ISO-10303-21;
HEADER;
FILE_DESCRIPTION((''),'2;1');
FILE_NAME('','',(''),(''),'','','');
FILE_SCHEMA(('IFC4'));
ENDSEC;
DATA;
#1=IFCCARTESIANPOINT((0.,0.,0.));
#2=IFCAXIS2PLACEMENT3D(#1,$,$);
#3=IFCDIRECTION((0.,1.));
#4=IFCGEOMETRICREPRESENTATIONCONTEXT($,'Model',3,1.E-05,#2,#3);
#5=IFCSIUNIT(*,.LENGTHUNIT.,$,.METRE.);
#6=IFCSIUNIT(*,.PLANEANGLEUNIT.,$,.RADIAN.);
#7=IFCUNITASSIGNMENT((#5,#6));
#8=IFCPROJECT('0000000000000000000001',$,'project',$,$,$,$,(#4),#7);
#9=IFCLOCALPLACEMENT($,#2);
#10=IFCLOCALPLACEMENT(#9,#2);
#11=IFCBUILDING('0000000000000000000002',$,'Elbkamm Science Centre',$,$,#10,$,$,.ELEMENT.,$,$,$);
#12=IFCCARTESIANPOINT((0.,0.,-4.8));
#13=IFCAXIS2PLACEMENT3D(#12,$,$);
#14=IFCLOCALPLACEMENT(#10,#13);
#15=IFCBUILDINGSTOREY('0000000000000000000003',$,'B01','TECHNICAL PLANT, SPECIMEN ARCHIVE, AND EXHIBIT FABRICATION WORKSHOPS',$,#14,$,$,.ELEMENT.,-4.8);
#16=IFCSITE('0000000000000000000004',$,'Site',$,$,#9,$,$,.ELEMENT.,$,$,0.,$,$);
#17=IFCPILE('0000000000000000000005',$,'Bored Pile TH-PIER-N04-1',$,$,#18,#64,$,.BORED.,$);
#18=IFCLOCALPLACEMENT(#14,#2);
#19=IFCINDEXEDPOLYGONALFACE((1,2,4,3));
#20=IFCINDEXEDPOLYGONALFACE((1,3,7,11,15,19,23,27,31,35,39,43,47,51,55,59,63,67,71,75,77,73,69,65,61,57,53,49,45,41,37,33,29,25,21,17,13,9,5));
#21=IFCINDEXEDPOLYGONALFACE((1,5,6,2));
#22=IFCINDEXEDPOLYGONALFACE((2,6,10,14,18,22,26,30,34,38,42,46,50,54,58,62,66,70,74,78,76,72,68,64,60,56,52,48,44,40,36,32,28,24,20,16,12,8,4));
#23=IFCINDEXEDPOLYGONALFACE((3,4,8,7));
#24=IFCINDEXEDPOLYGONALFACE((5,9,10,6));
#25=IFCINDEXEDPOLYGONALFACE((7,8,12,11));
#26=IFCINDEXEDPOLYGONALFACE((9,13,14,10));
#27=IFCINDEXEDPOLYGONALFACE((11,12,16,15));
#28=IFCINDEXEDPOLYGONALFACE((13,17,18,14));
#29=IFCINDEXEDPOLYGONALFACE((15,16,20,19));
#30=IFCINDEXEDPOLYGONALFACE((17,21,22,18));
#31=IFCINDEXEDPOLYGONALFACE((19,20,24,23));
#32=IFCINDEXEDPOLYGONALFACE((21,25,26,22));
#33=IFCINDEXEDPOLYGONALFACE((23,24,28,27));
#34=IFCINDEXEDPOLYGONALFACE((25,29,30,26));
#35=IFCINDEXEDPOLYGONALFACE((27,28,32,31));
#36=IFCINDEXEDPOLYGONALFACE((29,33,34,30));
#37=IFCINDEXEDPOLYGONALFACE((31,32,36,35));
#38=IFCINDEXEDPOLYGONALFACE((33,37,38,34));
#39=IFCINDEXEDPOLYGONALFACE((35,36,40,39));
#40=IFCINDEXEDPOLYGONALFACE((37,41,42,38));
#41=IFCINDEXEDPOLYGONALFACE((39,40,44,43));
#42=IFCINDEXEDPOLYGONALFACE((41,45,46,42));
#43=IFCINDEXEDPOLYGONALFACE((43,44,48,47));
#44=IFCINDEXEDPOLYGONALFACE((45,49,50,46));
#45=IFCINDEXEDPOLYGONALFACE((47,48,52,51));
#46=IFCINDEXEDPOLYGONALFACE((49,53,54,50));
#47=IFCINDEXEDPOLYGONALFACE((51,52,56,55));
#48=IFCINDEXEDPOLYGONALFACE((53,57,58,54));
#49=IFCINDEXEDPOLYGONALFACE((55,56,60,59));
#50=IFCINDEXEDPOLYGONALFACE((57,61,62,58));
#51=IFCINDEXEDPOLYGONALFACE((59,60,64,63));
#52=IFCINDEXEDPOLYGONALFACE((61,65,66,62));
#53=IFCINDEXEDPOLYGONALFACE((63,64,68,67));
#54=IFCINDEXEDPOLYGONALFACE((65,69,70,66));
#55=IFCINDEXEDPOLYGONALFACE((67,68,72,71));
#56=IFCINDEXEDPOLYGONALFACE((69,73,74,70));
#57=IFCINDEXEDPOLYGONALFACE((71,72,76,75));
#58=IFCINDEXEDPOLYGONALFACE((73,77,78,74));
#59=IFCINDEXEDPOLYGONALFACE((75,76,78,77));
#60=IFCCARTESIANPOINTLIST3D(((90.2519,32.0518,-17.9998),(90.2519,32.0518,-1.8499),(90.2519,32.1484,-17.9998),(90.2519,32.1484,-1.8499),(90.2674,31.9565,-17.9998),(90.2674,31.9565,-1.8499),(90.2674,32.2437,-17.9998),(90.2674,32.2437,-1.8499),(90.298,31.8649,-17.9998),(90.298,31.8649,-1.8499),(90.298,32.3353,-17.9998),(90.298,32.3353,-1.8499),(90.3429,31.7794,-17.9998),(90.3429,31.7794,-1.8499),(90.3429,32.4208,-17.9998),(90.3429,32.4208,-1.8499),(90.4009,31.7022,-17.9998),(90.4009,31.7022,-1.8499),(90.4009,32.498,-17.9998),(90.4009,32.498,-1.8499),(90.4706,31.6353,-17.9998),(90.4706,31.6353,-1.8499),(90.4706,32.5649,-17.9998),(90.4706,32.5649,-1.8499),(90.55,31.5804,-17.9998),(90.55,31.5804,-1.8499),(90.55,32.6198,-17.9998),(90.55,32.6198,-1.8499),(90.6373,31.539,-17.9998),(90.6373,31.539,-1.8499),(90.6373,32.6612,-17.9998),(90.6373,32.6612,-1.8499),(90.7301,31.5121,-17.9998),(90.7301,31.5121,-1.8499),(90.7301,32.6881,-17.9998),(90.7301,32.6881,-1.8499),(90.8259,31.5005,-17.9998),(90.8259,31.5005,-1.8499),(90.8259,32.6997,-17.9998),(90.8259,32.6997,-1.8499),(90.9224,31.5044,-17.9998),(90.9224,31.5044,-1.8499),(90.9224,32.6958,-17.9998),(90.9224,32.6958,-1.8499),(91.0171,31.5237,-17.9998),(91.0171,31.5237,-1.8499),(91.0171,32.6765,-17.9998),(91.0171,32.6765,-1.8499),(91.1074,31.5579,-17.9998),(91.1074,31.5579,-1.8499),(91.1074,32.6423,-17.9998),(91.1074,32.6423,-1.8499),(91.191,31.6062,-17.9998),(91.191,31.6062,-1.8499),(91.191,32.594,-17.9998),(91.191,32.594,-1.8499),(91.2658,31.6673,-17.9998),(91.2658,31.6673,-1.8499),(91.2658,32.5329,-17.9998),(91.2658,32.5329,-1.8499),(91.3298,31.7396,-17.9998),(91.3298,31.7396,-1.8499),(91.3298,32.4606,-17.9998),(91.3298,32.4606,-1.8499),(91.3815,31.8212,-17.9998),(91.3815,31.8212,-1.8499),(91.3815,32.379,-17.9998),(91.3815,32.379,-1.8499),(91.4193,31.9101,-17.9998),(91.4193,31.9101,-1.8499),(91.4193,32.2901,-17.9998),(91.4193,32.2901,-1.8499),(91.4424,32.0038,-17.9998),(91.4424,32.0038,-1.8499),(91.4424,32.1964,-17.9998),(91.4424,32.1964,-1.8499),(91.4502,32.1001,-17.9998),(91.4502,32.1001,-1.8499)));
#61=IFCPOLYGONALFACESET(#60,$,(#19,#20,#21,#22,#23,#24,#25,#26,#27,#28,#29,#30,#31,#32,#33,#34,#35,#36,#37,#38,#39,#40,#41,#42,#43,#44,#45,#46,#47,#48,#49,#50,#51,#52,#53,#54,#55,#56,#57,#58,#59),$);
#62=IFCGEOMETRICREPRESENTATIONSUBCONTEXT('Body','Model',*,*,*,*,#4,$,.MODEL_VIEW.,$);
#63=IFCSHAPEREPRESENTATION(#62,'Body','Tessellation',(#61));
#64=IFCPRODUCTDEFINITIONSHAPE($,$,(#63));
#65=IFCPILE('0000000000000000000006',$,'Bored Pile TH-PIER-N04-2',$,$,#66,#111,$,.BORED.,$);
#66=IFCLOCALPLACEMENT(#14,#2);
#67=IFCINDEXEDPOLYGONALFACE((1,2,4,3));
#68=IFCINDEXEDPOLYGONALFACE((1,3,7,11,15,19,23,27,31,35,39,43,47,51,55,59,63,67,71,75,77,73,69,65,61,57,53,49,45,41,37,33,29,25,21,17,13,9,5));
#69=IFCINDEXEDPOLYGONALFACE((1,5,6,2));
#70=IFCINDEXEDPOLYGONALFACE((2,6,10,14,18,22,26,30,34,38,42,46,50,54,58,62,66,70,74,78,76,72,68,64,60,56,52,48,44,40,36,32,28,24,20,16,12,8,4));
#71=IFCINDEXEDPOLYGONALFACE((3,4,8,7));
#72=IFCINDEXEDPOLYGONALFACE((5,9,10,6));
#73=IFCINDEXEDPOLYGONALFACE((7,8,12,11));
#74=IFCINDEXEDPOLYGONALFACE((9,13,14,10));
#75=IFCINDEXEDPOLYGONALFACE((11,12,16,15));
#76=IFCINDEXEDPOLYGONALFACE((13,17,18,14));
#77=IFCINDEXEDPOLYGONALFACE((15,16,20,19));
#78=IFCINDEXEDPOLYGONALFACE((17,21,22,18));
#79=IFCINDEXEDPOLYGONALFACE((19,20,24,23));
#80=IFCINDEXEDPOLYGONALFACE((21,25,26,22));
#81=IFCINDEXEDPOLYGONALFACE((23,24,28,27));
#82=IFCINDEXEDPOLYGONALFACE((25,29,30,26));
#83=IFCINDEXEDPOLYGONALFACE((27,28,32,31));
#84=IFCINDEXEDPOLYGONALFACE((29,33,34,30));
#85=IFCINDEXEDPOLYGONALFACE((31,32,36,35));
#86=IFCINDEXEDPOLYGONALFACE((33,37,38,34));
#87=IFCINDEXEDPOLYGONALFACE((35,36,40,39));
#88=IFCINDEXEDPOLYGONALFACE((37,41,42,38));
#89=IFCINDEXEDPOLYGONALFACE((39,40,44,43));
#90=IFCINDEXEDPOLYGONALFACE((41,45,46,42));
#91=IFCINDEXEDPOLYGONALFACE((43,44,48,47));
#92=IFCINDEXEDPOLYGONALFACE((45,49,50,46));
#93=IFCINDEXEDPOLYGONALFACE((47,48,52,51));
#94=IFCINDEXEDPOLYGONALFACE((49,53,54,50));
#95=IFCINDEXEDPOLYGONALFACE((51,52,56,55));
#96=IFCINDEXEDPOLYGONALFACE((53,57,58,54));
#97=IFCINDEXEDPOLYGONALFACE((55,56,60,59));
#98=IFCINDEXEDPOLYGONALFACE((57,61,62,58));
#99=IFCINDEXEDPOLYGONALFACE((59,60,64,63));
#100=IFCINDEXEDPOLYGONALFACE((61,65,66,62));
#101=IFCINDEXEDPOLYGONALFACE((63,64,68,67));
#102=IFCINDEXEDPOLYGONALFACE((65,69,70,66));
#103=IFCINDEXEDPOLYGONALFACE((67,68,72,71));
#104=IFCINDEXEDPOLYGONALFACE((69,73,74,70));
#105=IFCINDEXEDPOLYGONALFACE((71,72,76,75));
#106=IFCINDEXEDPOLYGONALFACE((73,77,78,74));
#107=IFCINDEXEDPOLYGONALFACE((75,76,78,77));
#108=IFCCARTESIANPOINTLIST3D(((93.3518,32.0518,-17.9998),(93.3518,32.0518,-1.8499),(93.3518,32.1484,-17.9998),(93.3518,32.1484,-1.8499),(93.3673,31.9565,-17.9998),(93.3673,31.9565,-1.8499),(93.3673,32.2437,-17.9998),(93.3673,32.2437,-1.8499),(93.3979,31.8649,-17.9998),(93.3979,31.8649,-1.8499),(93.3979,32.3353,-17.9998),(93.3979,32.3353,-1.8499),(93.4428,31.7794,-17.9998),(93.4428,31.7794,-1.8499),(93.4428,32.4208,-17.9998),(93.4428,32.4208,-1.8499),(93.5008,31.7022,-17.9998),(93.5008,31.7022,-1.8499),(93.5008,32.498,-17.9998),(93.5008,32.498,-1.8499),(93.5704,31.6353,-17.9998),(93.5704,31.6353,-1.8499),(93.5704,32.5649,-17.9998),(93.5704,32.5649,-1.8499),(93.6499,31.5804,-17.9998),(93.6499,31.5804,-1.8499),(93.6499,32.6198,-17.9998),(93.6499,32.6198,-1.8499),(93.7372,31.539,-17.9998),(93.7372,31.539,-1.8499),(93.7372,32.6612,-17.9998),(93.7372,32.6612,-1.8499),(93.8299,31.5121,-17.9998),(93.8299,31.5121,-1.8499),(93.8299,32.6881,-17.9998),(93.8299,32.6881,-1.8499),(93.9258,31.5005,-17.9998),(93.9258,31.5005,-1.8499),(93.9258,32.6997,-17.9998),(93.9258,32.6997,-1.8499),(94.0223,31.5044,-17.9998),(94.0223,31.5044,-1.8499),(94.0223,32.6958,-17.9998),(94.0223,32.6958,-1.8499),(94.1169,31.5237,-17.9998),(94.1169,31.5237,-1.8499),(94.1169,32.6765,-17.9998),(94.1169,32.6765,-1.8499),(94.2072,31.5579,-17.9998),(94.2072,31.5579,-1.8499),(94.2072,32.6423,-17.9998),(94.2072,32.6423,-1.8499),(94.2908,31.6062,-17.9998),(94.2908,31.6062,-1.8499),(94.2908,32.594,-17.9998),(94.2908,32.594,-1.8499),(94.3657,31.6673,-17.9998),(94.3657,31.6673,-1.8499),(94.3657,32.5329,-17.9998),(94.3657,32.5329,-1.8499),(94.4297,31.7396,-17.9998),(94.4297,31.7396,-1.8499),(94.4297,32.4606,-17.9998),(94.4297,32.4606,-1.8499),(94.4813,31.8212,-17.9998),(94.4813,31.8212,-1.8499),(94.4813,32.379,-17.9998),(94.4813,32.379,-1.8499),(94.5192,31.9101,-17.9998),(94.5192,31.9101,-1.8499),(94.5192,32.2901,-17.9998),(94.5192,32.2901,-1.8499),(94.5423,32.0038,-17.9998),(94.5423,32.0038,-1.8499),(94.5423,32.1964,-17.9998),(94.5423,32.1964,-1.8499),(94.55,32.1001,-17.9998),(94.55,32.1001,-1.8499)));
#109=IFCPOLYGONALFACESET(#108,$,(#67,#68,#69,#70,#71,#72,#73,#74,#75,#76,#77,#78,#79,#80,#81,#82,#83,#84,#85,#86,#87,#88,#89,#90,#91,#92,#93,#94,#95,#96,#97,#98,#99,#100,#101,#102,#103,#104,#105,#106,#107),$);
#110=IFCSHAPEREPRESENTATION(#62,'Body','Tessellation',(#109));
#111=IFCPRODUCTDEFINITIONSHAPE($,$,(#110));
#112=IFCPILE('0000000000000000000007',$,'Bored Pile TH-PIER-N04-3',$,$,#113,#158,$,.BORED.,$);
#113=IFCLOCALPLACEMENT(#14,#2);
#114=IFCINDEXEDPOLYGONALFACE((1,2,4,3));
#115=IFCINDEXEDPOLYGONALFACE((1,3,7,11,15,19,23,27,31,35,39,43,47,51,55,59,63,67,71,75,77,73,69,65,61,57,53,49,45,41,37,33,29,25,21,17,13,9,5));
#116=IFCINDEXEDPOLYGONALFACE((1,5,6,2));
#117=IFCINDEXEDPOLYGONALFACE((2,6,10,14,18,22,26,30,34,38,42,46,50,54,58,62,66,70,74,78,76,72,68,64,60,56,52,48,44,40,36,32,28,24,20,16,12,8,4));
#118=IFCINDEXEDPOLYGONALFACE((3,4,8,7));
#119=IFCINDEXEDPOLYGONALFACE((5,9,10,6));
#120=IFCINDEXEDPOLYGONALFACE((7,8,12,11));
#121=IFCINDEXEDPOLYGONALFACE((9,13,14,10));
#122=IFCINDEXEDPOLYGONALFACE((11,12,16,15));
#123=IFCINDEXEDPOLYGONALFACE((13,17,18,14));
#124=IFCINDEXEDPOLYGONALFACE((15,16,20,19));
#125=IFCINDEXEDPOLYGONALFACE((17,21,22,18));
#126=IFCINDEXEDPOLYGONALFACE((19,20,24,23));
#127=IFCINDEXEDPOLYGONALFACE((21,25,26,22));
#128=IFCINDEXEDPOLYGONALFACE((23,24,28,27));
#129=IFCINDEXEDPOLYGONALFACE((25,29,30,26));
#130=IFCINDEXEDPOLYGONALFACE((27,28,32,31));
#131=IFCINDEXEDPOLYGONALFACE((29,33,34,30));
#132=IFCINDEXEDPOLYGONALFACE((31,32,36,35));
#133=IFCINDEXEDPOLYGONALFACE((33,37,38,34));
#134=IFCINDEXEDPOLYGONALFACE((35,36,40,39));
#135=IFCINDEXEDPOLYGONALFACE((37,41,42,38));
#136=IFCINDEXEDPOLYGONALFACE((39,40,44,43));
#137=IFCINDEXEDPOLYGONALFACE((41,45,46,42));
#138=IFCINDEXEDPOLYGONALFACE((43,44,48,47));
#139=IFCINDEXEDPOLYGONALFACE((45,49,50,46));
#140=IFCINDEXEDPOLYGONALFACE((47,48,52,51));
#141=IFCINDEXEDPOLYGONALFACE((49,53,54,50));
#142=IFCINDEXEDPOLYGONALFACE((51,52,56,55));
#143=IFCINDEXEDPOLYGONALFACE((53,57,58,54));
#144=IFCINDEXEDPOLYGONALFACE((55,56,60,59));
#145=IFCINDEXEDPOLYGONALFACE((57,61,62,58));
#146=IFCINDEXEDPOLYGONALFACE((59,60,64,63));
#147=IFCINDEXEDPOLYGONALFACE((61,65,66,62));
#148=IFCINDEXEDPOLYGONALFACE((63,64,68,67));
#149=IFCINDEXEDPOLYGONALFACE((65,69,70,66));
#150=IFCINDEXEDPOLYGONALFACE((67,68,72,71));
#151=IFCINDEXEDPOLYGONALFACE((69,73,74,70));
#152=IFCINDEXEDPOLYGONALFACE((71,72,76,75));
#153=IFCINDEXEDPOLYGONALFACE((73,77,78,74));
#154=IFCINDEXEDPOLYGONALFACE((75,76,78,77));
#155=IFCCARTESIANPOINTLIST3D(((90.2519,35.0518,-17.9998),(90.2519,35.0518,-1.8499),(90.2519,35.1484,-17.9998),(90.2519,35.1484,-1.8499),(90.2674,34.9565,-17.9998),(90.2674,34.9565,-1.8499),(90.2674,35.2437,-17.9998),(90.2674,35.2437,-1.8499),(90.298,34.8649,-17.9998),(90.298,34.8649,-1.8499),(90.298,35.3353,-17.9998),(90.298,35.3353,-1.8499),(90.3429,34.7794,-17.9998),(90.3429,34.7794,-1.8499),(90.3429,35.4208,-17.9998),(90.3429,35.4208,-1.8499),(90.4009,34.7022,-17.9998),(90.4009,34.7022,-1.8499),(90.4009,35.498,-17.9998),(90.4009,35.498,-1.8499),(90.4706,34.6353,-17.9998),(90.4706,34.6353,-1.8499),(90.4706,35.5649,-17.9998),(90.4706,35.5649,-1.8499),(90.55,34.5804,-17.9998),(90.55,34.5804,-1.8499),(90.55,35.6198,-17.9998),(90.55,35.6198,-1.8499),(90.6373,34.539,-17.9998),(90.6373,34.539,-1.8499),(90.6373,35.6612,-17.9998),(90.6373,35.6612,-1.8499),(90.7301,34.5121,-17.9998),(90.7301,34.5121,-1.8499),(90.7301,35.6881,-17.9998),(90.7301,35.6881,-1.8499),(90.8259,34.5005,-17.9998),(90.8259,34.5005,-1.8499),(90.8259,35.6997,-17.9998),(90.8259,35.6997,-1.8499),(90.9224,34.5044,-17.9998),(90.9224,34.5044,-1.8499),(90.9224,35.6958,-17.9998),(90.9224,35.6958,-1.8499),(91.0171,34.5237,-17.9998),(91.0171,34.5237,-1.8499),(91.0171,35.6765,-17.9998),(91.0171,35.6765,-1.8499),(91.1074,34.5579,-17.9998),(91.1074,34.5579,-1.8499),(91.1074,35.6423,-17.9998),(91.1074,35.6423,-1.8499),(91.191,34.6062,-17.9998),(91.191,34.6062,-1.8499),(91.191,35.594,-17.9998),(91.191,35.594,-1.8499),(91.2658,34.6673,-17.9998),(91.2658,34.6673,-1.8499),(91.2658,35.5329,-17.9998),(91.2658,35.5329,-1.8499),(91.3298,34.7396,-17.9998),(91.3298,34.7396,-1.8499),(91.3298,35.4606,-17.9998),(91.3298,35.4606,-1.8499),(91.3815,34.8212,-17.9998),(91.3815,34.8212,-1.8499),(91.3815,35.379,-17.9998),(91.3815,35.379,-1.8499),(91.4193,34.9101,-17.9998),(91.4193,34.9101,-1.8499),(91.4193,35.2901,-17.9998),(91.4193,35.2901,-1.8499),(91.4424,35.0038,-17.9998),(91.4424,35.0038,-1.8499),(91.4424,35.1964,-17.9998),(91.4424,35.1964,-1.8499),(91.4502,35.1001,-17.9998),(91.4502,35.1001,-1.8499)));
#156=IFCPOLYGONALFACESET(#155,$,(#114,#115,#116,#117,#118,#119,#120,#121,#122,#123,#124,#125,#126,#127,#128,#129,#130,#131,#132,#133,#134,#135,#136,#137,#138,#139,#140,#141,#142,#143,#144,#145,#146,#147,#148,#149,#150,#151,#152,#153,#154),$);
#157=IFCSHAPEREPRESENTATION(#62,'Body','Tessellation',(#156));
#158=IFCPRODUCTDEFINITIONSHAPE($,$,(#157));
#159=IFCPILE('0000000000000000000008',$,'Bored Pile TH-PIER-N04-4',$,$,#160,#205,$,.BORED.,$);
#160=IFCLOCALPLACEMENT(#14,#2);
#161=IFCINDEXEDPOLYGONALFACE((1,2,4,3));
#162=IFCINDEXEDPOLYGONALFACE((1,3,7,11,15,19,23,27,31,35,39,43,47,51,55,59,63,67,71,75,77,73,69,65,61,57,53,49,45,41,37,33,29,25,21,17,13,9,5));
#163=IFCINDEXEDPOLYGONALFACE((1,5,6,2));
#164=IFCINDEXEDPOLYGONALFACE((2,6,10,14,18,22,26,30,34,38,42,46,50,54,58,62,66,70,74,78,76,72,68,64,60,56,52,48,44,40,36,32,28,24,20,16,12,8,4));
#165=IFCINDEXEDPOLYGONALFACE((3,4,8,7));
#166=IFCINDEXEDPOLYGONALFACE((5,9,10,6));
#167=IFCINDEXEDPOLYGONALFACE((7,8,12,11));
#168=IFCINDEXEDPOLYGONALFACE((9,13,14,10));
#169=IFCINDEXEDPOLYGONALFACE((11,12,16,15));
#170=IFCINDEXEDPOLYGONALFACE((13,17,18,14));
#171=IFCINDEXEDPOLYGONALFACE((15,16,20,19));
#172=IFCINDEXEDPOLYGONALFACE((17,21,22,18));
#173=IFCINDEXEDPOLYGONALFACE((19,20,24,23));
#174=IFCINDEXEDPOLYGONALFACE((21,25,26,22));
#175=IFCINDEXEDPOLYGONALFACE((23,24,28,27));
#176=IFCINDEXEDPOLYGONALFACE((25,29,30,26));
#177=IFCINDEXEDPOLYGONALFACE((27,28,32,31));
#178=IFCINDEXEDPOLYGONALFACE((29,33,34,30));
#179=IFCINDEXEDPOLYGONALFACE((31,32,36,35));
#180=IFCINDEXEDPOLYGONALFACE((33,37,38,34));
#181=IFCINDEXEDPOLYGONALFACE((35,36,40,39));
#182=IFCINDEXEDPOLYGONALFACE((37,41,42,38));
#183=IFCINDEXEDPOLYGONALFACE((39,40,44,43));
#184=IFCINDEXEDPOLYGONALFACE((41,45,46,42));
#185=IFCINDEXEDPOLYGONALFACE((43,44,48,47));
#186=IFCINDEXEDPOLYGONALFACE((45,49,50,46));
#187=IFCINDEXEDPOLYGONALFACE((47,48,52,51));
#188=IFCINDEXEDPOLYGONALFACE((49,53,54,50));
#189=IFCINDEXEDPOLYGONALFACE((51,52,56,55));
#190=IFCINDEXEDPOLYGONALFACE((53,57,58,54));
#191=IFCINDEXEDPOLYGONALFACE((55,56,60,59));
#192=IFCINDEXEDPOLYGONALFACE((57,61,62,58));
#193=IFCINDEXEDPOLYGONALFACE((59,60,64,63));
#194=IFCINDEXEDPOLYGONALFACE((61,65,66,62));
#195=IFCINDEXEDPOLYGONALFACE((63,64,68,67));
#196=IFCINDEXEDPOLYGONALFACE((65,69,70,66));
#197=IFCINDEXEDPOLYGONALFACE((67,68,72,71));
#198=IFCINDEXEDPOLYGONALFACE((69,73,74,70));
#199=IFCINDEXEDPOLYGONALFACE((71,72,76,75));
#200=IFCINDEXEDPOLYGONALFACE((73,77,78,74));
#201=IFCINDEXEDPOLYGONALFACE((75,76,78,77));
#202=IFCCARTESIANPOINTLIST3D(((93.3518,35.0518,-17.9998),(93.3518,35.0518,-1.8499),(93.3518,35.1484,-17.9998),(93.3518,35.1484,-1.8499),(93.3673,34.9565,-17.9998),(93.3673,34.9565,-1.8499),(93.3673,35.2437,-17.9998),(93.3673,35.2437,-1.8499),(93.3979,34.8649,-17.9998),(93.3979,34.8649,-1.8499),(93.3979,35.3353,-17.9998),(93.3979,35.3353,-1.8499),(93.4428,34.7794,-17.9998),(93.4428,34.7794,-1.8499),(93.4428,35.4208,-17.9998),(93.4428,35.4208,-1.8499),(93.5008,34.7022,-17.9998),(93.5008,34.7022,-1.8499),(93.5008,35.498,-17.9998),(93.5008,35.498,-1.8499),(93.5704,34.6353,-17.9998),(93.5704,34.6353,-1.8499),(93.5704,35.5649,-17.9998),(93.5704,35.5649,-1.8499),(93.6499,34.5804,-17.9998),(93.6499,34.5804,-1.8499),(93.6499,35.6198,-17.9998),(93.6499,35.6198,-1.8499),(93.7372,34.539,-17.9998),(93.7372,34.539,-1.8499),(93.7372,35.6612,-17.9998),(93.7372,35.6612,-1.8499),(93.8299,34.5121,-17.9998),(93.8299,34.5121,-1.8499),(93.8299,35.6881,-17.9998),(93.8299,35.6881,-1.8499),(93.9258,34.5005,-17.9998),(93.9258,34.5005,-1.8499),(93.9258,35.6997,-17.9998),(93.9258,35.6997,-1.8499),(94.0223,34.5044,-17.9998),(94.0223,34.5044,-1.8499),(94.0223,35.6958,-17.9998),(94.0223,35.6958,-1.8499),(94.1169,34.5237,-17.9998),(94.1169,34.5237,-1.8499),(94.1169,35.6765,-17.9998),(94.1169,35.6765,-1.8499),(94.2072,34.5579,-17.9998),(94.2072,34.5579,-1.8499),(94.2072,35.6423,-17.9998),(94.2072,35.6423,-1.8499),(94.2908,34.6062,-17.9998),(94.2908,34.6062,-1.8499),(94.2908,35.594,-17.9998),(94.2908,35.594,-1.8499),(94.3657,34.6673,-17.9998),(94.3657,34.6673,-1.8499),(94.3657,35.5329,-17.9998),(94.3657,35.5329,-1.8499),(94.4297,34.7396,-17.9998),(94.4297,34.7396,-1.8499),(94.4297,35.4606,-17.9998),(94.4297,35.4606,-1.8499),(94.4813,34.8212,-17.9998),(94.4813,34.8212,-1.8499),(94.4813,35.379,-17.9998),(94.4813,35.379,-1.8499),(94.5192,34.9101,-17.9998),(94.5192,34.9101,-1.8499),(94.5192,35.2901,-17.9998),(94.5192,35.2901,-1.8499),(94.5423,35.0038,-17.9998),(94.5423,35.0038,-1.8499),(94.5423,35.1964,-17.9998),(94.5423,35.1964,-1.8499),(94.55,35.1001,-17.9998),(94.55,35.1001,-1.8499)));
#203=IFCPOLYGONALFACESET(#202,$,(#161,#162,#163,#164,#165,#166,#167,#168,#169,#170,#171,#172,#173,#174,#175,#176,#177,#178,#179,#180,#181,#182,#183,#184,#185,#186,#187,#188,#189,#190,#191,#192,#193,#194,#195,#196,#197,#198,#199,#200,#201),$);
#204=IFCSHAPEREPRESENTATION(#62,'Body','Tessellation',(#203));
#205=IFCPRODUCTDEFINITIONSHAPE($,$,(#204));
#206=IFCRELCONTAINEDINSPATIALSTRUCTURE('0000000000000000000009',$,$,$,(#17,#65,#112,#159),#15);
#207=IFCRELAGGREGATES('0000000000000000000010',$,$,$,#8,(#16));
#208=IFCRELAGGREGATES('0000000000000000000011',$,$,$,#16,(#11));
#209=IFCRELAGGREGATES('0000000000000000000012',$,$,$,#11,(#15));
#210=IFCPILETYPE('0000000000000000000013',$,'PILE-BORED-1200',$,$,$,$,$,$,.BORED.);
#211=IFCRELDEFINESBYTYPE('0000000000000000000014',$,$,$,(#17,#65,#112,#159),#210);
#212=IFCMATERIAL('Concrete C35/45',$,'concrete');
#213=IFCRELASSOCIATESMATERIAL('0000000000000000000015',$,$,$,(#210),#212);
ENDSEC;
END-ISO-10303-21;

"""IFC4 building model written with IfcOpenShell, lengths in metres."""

from ifc_helpers import new_model, si_unit, direction, frame, origin, origin_2d, place, context, subcontext, project, spatial, circle, extrude, material, material_profile, profile_set, type_object, element, save


model = new_model("IFC4")

# Units and contexts
model_context = context("Model", 3, precision=1e-05, world=origin(), true_north=direction((0.0, 1.0)))
body_context = subcontext(model_context, "Body", "Model", "MODEL_VIEW")
ifc_project = project(units=[si_unit("LENGTHUNIT", "METRE"), si_unit("PLANEANGLEUNIT", "RADIAN")], contexts=[model_context])

# Site, building, storey
site_placement = place(None, origin())
site = spatial("IfcSite", under=ifc_project, at=site_placement, Name="Site", CompositionType="ELEMENT", RefElevation=0.0)
building_placement = place(site_placement, origin())
building = spatial("IfcBuilding", under=site, at=building_placement, Name="Elbkamm Science Centre", CompositionType="ELEMENT")
storey_placement = place(building_placement, frame((0.0, 0.0, -4.8)))
storey = spatial("IfcBuildingStorey", under=building, at=storey_placement, Name="B01", Description="TECHNICAL PLANT, SPECIMEN ARCHIVE, AND EXHIBIT FABRICATION WORKSHOPS", CompositionType="ELEMENT", Elevation=-4.8)

# Shared definitions
ifc_material_1 = material(Name="Concrete C35/45", Category="concrete")

# Piles
ifc_material_profile_1 = material_profile(ifc_material_1, circle(Radius=0.6001, at=origin_2d()), Name="PILE D1200")
ifc_profile_set_1 = profile_set([ifc_material_profile_1], Name="Concrete C35/45")
pile_type_1 = type_object("IfcPileType", Name="PILE-BORED-1200", PredefinedType="BORED", material=ifc_profile_set_1)
for number, where, z_axis, x_axis, name in (
    (1, (90.8501, 32.1001, -1.8499), (0.0, 0.0, -1.0), (1.0, 0.0, 0.0), "Bored Pile TH-PIER-N04-1"),
    (2, (93.95, 32.1001, -1.8499), (0.0, 0.0, -1.0), (1.0, 0.0, 0.0), "Bored Pile TH-PIER-N04-2"),
    (3, (90.8501, 35.1001, -1.8499), (0.0, 0.0, -1.0), (1.0, 0.0, 0.0), "Bored Pile TH-PIER-N04-3"),
    (4, (93.95, 35.1001, -1.8499), (0.0, 0.0, -1.0), (1.0, 0.0, 0.0), "Bored Pile TH-PIER-N04-4"),
):
    element("IfcPile", number, at=place(storey_placement, frame(where, z_axis=z_axis, x_axis=x_axis)), inside=storey, type_object=pile_type_1, Name=name, PredefinedType="BORED", context=body_context, shape_type="SweptSolid", body=[
        extrude(circle(Radius=0.6001, at=origin_2d()), origin(), (0.0, 0.0, 1.0), 16.1499),
    ])

save(model, "model.ifc")
